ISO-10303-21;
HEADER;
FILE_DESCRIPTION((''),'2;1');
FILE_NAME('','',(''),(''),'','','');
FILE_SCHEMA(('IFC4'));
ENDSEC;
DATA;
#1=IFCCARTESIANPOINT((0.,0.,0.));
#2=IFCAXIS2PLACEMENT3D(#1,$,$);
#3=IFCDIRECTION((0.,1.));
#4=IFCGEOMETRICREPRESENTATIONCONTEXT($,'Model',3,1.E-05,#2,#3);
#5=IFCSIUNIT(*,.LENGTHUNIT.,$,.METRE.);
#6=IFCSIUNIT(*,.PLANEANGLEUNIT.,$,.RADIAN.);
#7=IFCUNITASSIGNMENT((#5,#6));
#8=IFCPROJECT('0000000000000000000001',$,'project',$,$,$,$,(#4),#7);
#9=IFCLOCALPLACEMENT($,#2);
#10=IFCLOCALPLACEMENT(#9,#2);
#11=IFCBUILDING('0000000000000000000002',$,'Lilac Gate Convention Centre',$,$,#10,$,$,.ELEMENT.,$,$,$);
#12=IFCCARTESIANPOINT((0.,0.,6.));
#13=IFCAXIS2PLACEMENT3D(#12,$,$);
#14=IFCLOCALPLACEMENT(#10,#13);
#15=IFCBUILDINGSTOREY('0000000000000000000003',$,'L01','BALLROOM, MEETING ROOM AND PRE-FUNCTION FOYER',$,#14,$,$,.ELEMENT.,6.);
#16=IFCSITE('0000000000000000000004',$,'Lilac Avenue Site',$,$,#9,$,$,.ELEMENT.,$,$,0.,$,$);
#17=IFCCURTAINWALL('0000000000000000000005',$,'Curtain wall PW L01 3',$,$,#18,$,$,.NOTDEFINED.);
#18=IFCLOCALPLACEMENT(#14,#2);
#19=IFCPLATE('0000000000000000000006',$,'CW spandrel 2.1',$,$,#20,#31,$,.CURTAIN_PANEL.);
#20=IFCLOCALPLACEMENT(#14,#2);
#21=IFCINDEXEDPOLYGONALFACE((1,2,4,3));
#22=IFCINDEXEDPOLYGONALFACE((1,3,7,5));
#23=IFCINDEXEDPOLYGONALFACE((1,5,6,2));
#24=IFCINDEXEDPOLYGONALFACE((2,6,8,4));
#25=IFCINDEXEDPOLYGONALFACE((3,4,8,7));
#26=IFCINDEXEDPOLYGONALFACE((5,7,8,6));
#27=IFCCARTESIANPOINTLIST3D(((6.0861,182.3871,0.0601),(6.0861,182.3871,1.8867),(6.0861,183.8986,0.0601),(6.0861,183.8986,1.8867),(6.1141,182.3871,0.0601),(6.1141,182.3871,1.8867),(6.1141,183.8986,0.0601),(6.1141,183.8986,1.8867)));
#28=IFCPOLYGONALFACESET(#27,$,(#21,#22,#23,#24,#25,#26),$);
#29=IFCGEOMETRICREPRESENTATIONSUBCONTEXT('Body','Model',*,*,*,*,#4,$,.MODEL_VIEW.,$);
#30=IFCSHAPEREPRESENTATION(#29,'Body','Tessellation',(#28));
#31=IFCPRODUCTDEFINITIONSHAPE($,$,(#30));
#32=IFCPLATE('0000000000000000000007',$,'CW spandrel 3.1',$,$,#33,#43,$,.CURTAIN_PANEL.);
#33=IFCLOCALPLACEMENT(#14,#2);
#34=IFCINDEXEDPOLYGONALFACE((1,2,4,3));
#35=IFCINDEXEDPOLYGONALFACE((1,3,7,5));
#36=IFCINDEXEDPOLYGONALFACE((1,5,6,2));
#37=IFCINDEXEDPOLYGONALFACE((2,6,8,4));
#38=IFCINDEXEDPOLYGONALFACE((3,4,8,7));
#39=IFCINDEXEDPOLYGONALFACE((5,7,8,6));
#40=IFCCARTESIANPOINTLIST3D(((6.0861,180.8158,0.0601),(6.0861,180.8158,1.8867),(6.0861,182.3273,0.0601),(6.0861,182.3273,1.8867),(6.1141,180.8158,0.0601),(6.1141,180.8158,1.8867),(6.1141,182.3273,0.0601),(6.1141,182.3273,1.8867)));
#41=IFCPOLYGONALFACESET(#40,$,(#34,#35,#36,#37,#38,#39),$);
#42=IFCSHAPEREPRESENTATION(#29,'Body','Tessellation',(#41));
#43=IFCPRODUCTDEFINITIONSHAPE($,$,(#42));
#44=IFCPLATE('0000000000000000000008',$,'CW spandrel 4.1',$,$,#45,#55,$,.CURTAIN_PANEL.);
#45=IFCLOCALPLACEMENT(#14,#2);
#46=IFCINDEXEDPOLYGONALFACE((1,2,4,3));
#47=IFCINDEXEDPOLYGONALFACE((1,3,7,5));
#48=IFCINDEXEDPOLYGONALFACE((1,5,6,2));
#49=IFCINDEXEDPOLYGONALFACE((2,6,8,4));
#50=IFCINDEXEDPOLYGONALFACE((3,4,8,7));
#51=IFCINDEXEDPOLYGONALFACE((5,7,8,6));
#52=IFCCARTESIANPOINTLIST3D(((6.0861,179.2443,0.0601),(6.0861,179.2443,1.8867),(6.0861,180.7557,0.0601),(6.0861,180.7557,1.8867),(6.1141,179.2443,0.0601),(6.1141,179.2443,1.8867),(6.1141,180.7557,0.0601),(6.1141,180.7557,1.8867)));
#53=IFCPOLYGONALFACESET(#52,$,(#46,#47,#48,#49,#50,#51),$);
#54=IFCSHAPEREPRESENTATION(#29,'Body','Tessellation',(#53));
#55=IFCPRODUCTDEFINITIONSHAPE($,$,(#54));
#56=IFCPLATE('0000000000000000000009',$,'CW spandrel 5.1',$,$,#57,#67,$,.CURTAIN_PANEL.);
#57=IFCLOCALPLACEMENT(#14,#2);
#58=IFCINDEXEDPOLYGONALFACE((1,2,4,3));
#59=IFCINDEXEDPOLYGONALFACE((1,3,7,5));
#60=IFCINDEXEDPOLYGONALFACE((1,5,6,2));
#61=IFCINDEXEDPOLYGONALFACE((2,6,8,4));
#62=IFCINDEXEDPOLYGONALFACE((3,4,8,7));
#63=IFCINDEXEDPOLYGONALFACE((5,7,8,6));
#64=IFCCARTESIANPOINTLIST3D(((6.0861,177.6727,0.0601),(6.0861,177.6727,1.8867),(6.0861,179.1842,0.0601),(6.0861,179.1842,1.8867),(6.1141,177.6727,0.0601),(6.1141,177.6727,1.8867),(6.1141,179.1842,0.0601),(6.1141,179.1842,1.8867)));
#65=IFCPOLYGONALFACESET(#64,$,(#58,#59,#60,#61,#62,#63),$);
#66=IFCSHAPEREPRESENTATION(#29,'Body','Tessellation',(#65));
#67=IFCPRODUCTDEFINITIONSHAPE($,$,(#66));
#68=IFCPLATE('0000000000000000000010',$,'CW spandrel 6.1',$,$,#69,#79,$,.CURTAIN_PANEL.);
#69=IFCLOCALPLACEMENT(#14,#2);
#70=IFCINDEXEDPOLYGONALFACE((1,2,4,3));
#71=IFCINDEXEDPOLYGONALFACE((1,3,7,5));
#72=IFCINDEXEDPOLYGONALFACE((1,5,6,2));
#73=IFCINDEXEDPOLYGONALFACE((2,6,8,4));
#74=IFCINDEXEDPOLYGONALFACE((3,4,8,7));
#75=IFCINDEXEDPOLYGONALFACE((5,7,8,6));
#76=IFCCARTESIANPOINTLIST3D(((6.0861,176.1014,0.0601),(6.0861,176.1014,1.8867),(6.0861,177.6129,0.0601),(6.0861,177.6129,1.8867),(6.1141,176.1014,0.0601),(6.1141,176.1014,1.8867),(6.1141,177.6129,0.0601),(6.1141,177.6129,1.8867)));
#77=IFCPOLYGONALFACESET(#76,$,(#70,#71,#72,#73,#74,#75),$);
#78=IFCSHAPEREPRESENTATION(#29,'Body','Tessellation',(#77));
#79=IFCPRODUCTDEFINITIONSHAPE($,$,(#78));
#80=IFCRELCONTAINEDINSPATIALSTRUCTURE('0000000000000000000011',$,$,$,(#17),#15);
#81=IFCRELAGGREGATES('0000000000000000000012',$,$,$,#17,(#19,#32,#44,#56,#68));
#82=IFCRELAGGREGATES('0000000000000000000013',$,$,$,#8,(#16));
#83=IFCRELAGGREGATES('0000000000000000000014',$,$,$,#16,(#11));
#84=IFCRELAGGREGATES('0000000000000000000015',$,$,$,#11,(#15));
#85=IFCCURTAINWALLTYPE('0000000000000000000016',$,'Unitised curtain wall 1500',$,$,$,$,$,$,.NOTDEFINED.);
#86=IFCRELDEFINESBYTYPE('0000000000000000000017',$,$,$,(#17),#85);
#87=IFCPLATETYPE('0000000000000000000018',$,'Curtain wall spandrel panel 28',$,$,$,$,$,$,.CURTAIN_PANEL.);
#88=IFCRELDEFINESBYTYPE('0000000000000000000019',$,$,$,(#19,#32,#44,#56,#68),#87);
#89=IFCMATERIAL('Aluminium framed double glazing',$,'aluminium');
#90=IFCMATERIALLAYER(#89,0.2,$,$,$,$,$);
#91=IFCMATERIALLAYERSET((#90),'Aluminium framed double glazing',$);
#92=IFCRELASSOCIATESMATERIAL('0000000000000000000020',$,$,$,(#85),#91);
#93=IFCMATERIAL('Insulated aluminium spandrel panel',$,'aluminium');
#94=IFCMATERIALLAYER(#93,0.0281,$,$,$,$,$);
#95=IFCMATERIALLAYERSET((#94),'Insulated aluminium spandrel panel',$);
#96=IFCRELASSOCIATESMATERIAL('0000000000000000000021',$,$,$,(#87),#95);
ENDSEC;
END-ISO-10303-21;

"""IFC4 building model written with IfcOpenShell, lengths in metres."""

from ifc_helpers import new_model, si_unit, direction, frame, origin, origin_2d, place, context, subcontext, project, spatial, rectangle, extrude, material, layer, layer_set, type_object, element, aggregate, save


model = new_model("IFC4")

# Units and contexts
model_context = context("Model", 3, precision=1e-05, world=origin(), true_north=direction((0.0, 1.0)))
body_context = subcontext(model_context, "Body", "Model", "MODEL_VIEW")
ifc_project = project(units=[si_unit("LENGTHUNIT", "METRE"), si_unit("PLANEANGLEUNIT", "RADIAN")], contexts=[model_context])

# Site, building, storey
site_placement = place(None, origin())
site = spatial("IfcSite", under=ifc_project, at=site_placement, Name="Lilac Avenue Site", CompositionType="ELEMENT", RefElevation=0.0)
building_placement = place(site_placement, origin())
building = spatial("IfcBuilding", under=site, at=building_placement, Name="Lilac Gate Convention Centre", CompositionType="ELEMENT")
storey_placement = place(building_placement, frame((0.0, 0.0, 6.0)))
storey = spatial("IfcBuildingStorey", under=building, at=storey_placement, Name="L01", Description="BALLROOM, MEETING ROOM AND PRE-FUNCTION FOYER", CompositionType="ELEMENT", Elevation=6.0)

# Curtain wall, plates
ifc_material_1 = material(Name="Aluminium framed double glazing", Category="aluminium")
ifc_layer_1 = layer(ifc_material_1, 0.2)
ifc_layer_set_1 = layer_set([ifc_layer_1], Name="Aluminium framed double glazing")
curtain_wall_type = type_object("IfcCurtainWallType", Name="Unitised curtain wall 1500", PredefinedType="NOTDEFINED", material=ifc_layer_set_1)
curtain_wall_placement = place(storey_placement, origin())
curtain_wall = element("IfcCurtainWall", 1, at=curtain_wall_placement, inside=storey, type_object=curtain_wall_type, Name="Curtain wall PW L01 3", PredefinedType="NOTDEFINED")
ifc_material_2 = material(Name="Insulated aluminium spandrel panel", Category="aluminium")
ifc_layer_2 = layer(ifc_material_2, 0.0281)
ifc_layer_set_2 = layer_set([ifc_layer_2], Name="Insulated aluminium spandrel panel")
plate_type_1 = type_object("IfcPlateType", Name="Curtain wall spandrel panel 28", PredefinedType="CURTAIN_PANEL", material=ifc_layer_set_2)
plate_1_placement = place(storey_placement, frame((6.1001, 183.1428, 0.0601), z_axis=(0.0, 0.0, 1.0), x_axis=(0.0, -1.0, 0.0)))
plate_1 = element("IfcPlate", 2, at=plate_1_placement, type_object=plate_type_1, Name="CW spandrel 2.1", PredefinedType="CURTAIN_PANEL", context=body_context, shape_type="SweptSolid", body=[
    extrude(rectangle(XDim=1.5115, YDim=0.0281, at=origin_2d()), origin(), (0.0, 0.0, 1.0), 1.8267),
])
plate_2_placement = place(storey_placement, frame((6.1001, 181.5715, 0.0601), z_axis=(0.0, 0.0, 1.0), x_axis=(0.0, -1.0, 0.0)))
plate_2 = element("IfcPlate", 3, at=plate_2_placement, type_object=plate_type_1, Name="CW spandrel 3.1", PredefinedType="CURTAIN_PANEL", context=body_context, shape_type="SweptSolid", body=[
    extrude(rectangle(XDim=1.5115, YDim=0.0281, at=origin_2d()), origin(), (0.0, 0.0, 1.0), 1.8267),
])
plate_3_placement = place(storey_placement, frame((6.1001, 180.0, 0.0601), z_axis=(0.0, 0.0, 1.0), x_axis=(0.0, -1.0, 0.0)))
plate_3 = element("IfcPlate", 4, at=plate_3_placement, type_object=plate_type_1, Name="CW spandrel 4.1", PredefinedType="CURTAIN_PANEL", context=body_context, shape_type="SweptSolid", body=[
    extrude(rectangle(XDim=1.5115, YDim=0.0281, at=origin_2d()), origin(), (0.0, 0.0, 1.0), 1.8267),
])
plate_4_placement = place(storey_placement, frame((6.1001, 178.4285, 0.0601), z_axis=(0.0, 0.0, 1.0), x_axis=(0.0, -1.0, 0.0)))
plate_4 = element("IfcPlate", 5, at=plate_4_placement, type_object=plate_type_1, Name="CW spandrel 5.1", PredefinedType="CURTAIN_PANEL", context=body_context, shape_type="SweptSolid", body=[
    extrude(rectangle(XDim=1.5115, YDim=0.0281, at=origin_2d()), origin(), (0.0, 0.0, 1.0), 1.8267),
])
plate_5_placement = place(storey_placement, frame((6.1001, 176.8572, 0.0601), z_axis=(0.0, 0.0, 1.0), x_axis=(0.0, -1.0, 0.0)))
plate_5 = element("IfcPlate", 6, at=plate_5_placement, type_object=plate_type_1, Name="CW spandrel 6.1", PredefinedType="CURTAIN_PANEL", context=body_context, shape_type="SweptSolid", body=[
    extrude(rectangle(XDim=1.5115, YDim=0.0281, at=origin_2d()), origin(), (0.0, 0.0, 1.0), 1.8267),
])
aggregate(curtain_wall, [plate_1, plate_2, plate_3, plate_4, plate_5])

save(model, "model.ifc")
